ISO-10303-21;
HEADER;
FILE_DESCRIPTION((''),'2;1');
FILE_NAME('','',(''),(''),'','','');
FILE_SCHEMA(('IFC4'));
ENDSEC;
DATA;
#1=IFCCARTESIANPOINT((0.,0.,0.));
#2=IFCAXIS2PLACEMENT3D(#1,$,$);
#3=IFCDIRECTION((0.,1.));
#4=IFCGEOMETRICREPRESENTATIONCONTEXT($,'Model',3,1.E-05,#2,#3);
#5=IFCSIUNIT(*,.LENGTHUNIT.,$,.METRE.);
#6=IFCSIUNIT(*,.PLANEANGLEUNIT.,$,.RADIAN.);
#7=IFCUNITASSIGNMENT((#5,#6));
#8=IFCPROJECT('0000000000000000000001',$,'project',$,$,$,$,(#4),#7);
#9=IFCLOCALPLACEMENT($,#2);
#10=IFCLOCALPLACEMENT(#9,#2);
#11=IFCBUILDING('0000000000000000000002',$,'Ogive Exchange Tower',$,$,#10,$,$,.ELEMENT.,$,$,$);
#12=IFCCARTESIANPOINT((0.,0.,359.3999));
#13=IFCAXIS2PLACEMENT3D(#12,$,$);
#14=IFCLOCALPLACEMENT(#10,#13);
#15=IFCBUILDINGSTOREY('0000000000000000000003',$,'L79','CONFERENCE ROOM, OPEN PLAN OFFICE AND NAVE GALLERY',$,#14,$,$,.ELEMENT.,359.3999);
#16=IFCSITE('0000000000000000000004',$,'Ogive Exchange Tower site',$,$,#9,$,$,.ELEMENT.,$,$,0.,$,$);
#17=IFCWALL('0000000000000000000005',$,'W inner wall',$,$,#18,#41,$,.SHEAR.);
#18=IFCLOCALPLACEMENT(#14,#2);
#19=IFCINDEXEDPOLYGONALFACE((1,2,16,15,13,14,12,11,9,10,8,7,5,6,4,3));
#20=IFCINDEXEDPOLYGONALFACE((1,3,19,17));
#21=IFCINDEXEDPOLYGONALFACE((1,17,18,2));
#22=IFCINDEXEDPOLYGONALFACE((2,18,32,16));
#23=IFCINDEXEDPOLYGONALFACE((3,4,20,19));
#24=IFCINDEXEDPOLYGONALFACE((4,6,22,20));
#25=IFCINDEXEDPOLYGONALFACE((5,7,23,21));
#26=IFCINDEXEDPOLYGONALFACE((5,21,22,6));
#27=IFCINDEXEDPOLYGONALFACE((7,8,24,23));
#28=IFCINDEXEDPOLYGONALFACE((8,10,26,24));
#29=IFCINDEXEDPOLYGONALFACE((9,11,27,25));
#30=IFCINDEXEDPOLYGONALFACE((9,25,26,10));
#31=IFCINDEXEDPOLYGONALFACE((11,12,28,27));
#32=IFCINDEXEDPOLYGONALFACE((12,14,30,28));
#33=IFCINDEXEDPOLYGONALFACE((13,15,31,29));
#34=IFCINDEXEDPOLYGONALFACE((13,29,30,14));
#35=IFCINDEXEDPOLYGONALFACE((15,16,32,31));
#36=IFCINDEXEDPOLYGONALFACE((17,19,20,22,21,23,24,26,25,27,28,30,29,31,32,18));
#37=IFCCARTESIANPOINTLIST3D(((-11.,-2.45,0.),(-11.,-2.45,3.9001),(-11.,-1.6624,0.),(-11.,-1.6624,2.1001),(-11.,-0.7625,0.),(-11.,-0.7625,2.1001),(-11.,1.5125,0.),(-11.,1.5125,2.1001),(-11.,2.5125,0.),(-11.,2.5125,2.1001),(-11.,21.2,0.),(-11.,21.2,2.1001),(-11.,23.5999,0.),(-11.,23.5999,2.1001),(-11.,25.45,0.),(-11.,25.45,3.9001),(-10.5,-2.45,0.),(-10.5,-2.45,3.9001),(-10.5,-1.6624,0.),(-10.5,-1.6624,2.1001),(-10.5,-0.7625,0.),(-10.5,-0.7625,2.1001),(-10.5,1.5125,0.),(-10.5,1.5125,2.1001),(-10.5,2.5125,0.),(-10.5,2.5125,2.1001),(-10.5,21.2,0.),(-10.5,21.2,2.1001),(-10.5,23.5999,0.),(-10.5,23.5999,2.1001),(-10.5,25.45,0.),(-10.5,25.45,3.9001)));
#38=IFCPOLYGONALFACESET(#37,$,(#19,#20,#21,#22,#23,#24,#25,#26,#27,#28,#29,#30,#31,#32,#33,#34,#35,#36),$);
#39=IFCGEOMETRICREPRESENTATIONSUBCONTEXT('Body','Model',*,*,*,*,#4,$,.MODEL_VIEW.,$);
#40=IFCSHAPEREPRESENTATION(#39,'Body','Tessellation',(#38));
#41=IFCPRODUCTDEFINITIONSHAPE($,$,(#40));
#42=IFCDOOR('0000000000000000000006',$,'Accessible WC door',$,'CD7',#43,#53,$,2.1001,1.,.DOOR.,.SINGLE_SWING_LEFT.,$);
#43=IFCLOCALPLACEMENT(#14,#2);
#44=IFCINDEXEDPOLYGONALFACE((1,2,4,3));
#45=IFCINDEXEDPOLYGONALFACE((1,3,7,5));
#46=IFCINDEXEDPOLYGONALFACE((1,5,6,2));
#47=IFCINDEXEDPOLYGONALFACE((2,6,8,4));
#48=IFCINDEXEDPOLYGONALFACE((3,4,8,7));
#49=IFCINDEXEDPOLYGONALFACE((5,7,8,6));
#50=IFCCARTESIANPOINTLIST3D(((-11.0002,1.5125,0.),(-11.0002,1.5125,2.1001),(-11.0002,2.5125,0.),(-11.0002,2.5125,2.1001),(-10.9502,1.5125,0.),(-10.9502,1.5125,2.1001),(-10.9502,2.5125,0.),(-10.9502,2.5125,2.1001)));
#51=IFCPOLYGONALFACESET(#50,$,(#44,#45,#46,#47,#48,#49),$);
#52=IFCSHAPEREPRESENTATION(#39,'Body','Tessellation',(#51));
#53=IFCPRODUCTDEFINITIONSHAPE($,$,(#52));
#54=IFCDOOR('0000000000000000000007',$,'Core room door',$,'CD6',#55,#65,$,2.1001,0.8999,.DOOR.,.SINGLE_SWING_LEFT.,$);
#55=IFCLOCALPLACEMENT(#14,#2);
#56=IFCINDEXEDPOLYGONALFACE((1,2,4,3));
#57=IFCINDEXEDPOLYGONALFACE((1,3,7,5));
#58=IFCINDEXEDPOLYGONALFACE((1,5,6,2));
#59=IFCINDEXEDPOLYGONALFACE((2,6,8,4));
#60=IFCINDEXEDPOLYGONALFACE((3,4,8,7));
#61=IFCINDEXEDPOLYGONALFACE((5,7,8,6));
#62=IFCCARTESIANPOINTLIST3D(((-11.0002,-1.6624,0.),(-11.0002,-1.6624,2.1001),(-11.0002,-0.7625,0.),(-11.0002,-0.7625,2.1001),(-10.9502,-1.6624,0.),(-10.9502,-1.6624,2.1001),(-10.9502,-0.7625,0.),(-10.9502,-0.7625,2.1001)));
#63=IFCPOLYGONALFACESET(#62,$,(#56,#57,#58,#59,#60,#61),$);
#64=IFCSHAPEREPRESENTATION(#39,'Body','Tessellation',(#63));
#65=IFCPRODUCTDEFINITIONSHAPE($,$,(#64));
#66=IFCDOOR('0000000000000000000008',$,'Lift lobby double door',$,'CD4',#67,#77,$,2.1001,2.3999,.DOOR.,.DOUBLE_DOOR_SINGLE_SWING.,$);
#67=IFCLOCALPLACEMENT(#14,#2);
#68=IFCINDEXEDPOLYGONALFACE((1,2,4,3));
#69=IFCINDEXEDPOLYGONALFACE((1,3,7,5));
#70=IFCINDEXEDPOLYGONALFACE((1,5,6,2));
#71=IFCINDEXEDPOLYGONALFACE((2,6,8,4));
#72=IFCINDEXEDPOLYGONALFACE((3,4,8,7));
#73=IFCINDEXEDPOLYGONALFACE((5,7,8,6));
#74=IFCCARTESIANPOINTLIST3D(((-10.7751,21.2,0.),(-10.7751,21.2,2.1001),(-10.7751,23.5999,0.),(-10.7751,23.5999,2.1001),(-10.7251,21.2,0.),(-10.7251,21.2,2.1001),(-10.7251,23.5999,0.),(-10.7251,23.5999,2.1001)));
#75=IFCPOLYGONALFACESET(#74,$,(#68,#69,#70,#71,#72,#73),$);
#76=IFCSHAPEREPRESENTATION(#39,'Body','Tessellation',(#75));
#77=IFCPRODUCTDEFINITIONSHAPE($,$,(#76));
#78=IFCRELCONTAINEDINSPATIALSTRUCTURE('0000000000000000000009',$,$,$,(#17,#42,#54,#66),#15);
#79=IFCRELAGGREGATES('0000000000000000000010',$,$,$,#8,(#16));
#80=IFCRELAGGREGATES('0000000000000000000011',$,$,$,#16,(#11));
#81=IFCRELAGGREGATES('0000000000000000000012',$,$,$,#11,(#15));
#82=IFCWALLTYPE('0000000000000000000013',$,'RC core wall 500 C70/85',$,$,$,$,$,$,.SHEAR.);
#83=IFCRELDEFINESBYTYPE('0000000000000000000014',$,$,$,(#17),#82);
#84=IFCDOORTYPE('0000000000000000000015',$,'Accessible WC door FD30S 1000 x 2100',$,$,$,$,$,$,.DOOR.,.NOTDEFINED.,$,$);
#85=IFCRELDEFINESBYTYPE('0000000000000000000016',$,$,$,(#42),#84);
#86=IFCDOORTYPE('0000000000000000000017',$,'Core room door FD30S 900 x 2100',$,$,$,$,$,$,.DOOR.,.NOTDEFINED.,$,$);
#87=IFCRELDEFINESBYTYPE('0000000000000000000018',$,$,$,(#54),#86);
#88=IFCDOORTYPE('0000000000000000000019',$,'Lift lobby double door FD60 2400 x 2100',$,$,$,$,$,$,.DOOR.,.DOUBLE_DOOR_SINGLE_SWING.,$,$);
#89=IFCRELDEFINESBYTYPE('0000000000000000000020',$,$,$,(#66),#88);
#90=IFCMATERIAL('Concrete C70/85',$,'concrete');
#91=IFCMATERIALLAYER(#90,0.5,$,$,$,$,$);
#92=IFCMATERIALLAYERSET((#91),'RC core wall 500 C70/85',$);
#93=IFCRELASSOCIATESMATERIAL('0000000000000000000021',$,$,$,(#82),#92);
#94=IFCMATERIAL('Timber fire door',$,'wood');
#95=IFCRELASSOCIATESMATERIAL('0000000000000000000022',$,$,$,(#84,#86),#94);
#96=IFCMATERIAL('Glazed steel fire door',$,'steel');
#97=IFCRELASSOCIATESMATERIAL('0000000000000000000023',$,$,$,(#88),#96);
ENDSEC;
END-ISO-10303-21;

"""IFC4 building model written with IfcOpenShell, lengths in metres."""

from ifc_helpers import new_model, si_unit, direction, frame, frame_2d, origin, place, context, subcontext, project, spatial, rectangle, extrude, material, layer, layer_set, type_object, element, fill, save


model = new_model("IFC4")

# Units and contexts
model_context = context("Model", 3, precision=1e-05, world=origin(), true_north=direction((0.0, 1.0)))
body_context = subcontext(model_context, "Body", "Model", "MODEL_VIEW")
ifc_project = project(units=[si_unit("LENGTHUNIT", "METRE"), si_unit("PLANEANGLEUNIT", "RADIAN")], contexts=[model_context])

# Site, building, storey
site_placement = place(None, origin())
site = spatial("IfcSite", under=ifc_project, at=site_placement, Name="Ogive Exchange Tower site", CompositionType="ELEMENT", RefElevation=0.0)
building_placement = place(site_placement, origin())
building = spatial("IfcBuilding", under=site, at=building_placement, Name="Ogive Exchange Tower", CompositionType="ELEMENT")
storey_placement = place(building_placement, frame((0.0, 0.0, 359.3999)))
storey = spatial("IfcBuildingStorey", under=building, at=storey_placement, Name="L79", Description="CONFERENCE ROOM, OPEN PLAN OFFICE AND NAVE GALLERY", CompositionType="ELEMENT", Elevation=359.3999)

# Shared definitions
ifc_material_1 = material(Name="Concrete C70/85", Category="concrete")

# Wall, openings, doors
ifc_layer_1 = layer(ifc_material_1, 0.5)
ifc_layer_set_1 = layer_set([ifc_layer_1], Name="RC core wall 500 C70/85")
wall_type_1 = type_object("IfcWallType", Name="RC core wall 500 C70/85", PredefinedType="SHEAR", material=ifc_layer_set_1)
wall_1_placement = place(storey_placement, frame((-10.75, -2.45, 0.0), z_axis=(0.0, 0.0, 1.0), x_axis=(0.0, 1.0, 0.0)))
wall_1 = element("IfcWall", 1, at=wall_1_placement, inside=storey, type_object=wall_type_1, Name="W inner wall", PredefinedType="SHEAR", context=body_context, shape_type="SweptSolid", body=[
    extrude(rectangle(XDim=27.8999, YDim=0.5, at=frame_2d((13.95, 0.0))), origin(), (0.0, 0.0, 1.0), 3.9001),
])
opening_1_placement = place(wall_1_placement, frame((23.6499, 0.0, 0.0)))
opening_1 = element("IfcOpeningElement", 2, at=opening_1_placement, cuts=wall_1, PredefinedType="OPENING", context=body_context, shape_type="SweptSolid", body=[
    extrude(rectangle(XDim=2.3999, YDim=2.1001, at=frame_2d((1.2, 1.05))), frame((0.0, 0.26, 0.0), z_axis=(0.0, -1.0, 0.0), x_axis=(1.0, 0.0, 0.0)), (0.0, 0.0, 1.0), 0.52),
])
opening_2_placement = place(wall_1_placement, frame((0.7876, 0.0, 0.0)))
opening_2 = element("IfcOpeningElement", 3, at=opening_2_placement, cuts=wall_1, PredefinedType="OPENING", context=body_context, shape_type="SweptSolid", body=[
    extrude(rectangle(XDim=0.8999, YDim=2.1001, at=frame_2d((0.45, 1.05))), frame((0.0, 0.26, 0.0), z_axis=(0.0, -1.0, 0.0), x_axis=(1.0, 0.0, 0.0)), (0.0, 0.0, 1.0), 0.52),
])
opening_3_placement = place(wall_1_placement, frame((3.9624, 0.0, 0.0)))
opening_3 = element("IfcOpeningElement", 4, at=opening_3_placement, cuts=wall_1, PredefinedType="OPENING", context=body_context, shape_type="SweptSolid", body=[
    extrude(rectangle(XDim=1.0, YDim=2.1001, at=frame_2d((0.5, 1.05))), frame((0.0, 0.26, 0.0), z_axis=(0.0, -1.0, 0.0), x_axis=(1.0, 0.0, 0.0)), (0.0, 0.0, 1.0), 0.52),
])
ifc_material_2 = material(Name="Timber fire door", Category="wood")
door_type_1 = type_object("IfcDoorType", Name="Accessible WC door FD30S 1000 x 2100", OperationType="NOTDEFINED", PredefinedType="DOOR", material=ifc_material_2)
door_1_placement = place(opening_3_placement, frame((1.0, 0.4502, 0.0), z_axis=(0.0, 0.0, 1.0), x_axis=(-1.0, 0.0, 0.0)))
door_1 = element("IfcDoor", 5, at=door_1_placement, inside=storey, type_object=door_type_1, Name="Accessible WC door", ObjectType="CD7", OperationType="SINGLE_SWING_LEFT", OverallHeight=2.1001, OverallWidth=1.0, PredefinedType="DOOR", context=body_context, shape_type="SweptSolid", body=[
    extrude(rectangle(XDim=1.0, YDim=2.1001, at=frame_2d((0.5, 1.05))), frame((0.0, 0.25, 0.0), z_axis=(0.0, -1.0, 0.0), x_axis=(1.0, 0.0, 0.0)), (0.0, 0.0, 1.0), 0.05),
])
fill(opening_3, door_1)
door_type_2 = type_object("IfcDoorType", Name="Core room door FD30S 900 x 2100", OperationType="NOTDEFINED", PredefinedType="DOOR", material=ifc_material_2)
door_2_placement = place(opening_2_placement, frame((0.8999, 0.4502, 0.0), z_axis=(0.0, 0.0, 1.0), x_axis=(-1.0, 0.0, 0.0)))
door_2 = element("IfcDoor", 6, at=door_2_placement, inside=storey, type_object=door_type_2, Name="Core room door", ObjectType="CD6", OperationType="SINGLE_SWING_LEFT", OverallHeight=2.1001, OverallWidth=0.8999, PredefinedType="DOOR", context=body_context, shape_type="SweptSolid", body=[
    extrude(rectangle(XDim=0.8999, YDim=2.1001, at=frame_2d((0.45, 1.05))), frame((0.0, 0.25, 0.0), z_axis=(0.0, -1.0, 0.0), x_axis=(1.0, 0.0, 0.0)), (0.0, 0.0, 1.0), 0.05),
])
fill(opening_2, door_2)
ifc_material_3 = material(Name="Glazed steel fire door", Category="steel")
door_type_3 = type_object("IfcDoorType", Name="Lift lobby double door FD60 2400 x 2100", OperationType="DOUBLE_DOOR_SINGLE_SWING", PredefinedType="DOOR", material=ifc_material_3)
door_3_placement = place(opening_1_placement, frame((2.3999, 0.0, 0.0), z_axis=(0.0, 0.0, 1.0), x_axis=(-1.0, 0.0, 0.0)))
door_3 = element("IfcDoor", 7, at=door_3_placement, inside=storey, type_object=door_type_3, Name="Lift lobby double door", ObjectType="CD4", OperationType="DOUBLE_DOOR_SINGLE_SWING", OverallHeight=2.1001, OverallWidth=2.3999, PredefinedType="DOOR", context=body_context, shape_type="SweptSolid", body=[
    extrude(rectangle(XDim=2.3999, YDim=2.1001, at=frame_2d((1.2, 1.05))), frame((0.0, 0.0249, 0.0), z_axis=(0.0, -1.0, 0.0), x_axis=(1.0, 0.0, 0.0)), (0.0, 0.0, 1.0), 0.05),
])
fill(opening_1, door_3)

save(model, "model.ifc")
